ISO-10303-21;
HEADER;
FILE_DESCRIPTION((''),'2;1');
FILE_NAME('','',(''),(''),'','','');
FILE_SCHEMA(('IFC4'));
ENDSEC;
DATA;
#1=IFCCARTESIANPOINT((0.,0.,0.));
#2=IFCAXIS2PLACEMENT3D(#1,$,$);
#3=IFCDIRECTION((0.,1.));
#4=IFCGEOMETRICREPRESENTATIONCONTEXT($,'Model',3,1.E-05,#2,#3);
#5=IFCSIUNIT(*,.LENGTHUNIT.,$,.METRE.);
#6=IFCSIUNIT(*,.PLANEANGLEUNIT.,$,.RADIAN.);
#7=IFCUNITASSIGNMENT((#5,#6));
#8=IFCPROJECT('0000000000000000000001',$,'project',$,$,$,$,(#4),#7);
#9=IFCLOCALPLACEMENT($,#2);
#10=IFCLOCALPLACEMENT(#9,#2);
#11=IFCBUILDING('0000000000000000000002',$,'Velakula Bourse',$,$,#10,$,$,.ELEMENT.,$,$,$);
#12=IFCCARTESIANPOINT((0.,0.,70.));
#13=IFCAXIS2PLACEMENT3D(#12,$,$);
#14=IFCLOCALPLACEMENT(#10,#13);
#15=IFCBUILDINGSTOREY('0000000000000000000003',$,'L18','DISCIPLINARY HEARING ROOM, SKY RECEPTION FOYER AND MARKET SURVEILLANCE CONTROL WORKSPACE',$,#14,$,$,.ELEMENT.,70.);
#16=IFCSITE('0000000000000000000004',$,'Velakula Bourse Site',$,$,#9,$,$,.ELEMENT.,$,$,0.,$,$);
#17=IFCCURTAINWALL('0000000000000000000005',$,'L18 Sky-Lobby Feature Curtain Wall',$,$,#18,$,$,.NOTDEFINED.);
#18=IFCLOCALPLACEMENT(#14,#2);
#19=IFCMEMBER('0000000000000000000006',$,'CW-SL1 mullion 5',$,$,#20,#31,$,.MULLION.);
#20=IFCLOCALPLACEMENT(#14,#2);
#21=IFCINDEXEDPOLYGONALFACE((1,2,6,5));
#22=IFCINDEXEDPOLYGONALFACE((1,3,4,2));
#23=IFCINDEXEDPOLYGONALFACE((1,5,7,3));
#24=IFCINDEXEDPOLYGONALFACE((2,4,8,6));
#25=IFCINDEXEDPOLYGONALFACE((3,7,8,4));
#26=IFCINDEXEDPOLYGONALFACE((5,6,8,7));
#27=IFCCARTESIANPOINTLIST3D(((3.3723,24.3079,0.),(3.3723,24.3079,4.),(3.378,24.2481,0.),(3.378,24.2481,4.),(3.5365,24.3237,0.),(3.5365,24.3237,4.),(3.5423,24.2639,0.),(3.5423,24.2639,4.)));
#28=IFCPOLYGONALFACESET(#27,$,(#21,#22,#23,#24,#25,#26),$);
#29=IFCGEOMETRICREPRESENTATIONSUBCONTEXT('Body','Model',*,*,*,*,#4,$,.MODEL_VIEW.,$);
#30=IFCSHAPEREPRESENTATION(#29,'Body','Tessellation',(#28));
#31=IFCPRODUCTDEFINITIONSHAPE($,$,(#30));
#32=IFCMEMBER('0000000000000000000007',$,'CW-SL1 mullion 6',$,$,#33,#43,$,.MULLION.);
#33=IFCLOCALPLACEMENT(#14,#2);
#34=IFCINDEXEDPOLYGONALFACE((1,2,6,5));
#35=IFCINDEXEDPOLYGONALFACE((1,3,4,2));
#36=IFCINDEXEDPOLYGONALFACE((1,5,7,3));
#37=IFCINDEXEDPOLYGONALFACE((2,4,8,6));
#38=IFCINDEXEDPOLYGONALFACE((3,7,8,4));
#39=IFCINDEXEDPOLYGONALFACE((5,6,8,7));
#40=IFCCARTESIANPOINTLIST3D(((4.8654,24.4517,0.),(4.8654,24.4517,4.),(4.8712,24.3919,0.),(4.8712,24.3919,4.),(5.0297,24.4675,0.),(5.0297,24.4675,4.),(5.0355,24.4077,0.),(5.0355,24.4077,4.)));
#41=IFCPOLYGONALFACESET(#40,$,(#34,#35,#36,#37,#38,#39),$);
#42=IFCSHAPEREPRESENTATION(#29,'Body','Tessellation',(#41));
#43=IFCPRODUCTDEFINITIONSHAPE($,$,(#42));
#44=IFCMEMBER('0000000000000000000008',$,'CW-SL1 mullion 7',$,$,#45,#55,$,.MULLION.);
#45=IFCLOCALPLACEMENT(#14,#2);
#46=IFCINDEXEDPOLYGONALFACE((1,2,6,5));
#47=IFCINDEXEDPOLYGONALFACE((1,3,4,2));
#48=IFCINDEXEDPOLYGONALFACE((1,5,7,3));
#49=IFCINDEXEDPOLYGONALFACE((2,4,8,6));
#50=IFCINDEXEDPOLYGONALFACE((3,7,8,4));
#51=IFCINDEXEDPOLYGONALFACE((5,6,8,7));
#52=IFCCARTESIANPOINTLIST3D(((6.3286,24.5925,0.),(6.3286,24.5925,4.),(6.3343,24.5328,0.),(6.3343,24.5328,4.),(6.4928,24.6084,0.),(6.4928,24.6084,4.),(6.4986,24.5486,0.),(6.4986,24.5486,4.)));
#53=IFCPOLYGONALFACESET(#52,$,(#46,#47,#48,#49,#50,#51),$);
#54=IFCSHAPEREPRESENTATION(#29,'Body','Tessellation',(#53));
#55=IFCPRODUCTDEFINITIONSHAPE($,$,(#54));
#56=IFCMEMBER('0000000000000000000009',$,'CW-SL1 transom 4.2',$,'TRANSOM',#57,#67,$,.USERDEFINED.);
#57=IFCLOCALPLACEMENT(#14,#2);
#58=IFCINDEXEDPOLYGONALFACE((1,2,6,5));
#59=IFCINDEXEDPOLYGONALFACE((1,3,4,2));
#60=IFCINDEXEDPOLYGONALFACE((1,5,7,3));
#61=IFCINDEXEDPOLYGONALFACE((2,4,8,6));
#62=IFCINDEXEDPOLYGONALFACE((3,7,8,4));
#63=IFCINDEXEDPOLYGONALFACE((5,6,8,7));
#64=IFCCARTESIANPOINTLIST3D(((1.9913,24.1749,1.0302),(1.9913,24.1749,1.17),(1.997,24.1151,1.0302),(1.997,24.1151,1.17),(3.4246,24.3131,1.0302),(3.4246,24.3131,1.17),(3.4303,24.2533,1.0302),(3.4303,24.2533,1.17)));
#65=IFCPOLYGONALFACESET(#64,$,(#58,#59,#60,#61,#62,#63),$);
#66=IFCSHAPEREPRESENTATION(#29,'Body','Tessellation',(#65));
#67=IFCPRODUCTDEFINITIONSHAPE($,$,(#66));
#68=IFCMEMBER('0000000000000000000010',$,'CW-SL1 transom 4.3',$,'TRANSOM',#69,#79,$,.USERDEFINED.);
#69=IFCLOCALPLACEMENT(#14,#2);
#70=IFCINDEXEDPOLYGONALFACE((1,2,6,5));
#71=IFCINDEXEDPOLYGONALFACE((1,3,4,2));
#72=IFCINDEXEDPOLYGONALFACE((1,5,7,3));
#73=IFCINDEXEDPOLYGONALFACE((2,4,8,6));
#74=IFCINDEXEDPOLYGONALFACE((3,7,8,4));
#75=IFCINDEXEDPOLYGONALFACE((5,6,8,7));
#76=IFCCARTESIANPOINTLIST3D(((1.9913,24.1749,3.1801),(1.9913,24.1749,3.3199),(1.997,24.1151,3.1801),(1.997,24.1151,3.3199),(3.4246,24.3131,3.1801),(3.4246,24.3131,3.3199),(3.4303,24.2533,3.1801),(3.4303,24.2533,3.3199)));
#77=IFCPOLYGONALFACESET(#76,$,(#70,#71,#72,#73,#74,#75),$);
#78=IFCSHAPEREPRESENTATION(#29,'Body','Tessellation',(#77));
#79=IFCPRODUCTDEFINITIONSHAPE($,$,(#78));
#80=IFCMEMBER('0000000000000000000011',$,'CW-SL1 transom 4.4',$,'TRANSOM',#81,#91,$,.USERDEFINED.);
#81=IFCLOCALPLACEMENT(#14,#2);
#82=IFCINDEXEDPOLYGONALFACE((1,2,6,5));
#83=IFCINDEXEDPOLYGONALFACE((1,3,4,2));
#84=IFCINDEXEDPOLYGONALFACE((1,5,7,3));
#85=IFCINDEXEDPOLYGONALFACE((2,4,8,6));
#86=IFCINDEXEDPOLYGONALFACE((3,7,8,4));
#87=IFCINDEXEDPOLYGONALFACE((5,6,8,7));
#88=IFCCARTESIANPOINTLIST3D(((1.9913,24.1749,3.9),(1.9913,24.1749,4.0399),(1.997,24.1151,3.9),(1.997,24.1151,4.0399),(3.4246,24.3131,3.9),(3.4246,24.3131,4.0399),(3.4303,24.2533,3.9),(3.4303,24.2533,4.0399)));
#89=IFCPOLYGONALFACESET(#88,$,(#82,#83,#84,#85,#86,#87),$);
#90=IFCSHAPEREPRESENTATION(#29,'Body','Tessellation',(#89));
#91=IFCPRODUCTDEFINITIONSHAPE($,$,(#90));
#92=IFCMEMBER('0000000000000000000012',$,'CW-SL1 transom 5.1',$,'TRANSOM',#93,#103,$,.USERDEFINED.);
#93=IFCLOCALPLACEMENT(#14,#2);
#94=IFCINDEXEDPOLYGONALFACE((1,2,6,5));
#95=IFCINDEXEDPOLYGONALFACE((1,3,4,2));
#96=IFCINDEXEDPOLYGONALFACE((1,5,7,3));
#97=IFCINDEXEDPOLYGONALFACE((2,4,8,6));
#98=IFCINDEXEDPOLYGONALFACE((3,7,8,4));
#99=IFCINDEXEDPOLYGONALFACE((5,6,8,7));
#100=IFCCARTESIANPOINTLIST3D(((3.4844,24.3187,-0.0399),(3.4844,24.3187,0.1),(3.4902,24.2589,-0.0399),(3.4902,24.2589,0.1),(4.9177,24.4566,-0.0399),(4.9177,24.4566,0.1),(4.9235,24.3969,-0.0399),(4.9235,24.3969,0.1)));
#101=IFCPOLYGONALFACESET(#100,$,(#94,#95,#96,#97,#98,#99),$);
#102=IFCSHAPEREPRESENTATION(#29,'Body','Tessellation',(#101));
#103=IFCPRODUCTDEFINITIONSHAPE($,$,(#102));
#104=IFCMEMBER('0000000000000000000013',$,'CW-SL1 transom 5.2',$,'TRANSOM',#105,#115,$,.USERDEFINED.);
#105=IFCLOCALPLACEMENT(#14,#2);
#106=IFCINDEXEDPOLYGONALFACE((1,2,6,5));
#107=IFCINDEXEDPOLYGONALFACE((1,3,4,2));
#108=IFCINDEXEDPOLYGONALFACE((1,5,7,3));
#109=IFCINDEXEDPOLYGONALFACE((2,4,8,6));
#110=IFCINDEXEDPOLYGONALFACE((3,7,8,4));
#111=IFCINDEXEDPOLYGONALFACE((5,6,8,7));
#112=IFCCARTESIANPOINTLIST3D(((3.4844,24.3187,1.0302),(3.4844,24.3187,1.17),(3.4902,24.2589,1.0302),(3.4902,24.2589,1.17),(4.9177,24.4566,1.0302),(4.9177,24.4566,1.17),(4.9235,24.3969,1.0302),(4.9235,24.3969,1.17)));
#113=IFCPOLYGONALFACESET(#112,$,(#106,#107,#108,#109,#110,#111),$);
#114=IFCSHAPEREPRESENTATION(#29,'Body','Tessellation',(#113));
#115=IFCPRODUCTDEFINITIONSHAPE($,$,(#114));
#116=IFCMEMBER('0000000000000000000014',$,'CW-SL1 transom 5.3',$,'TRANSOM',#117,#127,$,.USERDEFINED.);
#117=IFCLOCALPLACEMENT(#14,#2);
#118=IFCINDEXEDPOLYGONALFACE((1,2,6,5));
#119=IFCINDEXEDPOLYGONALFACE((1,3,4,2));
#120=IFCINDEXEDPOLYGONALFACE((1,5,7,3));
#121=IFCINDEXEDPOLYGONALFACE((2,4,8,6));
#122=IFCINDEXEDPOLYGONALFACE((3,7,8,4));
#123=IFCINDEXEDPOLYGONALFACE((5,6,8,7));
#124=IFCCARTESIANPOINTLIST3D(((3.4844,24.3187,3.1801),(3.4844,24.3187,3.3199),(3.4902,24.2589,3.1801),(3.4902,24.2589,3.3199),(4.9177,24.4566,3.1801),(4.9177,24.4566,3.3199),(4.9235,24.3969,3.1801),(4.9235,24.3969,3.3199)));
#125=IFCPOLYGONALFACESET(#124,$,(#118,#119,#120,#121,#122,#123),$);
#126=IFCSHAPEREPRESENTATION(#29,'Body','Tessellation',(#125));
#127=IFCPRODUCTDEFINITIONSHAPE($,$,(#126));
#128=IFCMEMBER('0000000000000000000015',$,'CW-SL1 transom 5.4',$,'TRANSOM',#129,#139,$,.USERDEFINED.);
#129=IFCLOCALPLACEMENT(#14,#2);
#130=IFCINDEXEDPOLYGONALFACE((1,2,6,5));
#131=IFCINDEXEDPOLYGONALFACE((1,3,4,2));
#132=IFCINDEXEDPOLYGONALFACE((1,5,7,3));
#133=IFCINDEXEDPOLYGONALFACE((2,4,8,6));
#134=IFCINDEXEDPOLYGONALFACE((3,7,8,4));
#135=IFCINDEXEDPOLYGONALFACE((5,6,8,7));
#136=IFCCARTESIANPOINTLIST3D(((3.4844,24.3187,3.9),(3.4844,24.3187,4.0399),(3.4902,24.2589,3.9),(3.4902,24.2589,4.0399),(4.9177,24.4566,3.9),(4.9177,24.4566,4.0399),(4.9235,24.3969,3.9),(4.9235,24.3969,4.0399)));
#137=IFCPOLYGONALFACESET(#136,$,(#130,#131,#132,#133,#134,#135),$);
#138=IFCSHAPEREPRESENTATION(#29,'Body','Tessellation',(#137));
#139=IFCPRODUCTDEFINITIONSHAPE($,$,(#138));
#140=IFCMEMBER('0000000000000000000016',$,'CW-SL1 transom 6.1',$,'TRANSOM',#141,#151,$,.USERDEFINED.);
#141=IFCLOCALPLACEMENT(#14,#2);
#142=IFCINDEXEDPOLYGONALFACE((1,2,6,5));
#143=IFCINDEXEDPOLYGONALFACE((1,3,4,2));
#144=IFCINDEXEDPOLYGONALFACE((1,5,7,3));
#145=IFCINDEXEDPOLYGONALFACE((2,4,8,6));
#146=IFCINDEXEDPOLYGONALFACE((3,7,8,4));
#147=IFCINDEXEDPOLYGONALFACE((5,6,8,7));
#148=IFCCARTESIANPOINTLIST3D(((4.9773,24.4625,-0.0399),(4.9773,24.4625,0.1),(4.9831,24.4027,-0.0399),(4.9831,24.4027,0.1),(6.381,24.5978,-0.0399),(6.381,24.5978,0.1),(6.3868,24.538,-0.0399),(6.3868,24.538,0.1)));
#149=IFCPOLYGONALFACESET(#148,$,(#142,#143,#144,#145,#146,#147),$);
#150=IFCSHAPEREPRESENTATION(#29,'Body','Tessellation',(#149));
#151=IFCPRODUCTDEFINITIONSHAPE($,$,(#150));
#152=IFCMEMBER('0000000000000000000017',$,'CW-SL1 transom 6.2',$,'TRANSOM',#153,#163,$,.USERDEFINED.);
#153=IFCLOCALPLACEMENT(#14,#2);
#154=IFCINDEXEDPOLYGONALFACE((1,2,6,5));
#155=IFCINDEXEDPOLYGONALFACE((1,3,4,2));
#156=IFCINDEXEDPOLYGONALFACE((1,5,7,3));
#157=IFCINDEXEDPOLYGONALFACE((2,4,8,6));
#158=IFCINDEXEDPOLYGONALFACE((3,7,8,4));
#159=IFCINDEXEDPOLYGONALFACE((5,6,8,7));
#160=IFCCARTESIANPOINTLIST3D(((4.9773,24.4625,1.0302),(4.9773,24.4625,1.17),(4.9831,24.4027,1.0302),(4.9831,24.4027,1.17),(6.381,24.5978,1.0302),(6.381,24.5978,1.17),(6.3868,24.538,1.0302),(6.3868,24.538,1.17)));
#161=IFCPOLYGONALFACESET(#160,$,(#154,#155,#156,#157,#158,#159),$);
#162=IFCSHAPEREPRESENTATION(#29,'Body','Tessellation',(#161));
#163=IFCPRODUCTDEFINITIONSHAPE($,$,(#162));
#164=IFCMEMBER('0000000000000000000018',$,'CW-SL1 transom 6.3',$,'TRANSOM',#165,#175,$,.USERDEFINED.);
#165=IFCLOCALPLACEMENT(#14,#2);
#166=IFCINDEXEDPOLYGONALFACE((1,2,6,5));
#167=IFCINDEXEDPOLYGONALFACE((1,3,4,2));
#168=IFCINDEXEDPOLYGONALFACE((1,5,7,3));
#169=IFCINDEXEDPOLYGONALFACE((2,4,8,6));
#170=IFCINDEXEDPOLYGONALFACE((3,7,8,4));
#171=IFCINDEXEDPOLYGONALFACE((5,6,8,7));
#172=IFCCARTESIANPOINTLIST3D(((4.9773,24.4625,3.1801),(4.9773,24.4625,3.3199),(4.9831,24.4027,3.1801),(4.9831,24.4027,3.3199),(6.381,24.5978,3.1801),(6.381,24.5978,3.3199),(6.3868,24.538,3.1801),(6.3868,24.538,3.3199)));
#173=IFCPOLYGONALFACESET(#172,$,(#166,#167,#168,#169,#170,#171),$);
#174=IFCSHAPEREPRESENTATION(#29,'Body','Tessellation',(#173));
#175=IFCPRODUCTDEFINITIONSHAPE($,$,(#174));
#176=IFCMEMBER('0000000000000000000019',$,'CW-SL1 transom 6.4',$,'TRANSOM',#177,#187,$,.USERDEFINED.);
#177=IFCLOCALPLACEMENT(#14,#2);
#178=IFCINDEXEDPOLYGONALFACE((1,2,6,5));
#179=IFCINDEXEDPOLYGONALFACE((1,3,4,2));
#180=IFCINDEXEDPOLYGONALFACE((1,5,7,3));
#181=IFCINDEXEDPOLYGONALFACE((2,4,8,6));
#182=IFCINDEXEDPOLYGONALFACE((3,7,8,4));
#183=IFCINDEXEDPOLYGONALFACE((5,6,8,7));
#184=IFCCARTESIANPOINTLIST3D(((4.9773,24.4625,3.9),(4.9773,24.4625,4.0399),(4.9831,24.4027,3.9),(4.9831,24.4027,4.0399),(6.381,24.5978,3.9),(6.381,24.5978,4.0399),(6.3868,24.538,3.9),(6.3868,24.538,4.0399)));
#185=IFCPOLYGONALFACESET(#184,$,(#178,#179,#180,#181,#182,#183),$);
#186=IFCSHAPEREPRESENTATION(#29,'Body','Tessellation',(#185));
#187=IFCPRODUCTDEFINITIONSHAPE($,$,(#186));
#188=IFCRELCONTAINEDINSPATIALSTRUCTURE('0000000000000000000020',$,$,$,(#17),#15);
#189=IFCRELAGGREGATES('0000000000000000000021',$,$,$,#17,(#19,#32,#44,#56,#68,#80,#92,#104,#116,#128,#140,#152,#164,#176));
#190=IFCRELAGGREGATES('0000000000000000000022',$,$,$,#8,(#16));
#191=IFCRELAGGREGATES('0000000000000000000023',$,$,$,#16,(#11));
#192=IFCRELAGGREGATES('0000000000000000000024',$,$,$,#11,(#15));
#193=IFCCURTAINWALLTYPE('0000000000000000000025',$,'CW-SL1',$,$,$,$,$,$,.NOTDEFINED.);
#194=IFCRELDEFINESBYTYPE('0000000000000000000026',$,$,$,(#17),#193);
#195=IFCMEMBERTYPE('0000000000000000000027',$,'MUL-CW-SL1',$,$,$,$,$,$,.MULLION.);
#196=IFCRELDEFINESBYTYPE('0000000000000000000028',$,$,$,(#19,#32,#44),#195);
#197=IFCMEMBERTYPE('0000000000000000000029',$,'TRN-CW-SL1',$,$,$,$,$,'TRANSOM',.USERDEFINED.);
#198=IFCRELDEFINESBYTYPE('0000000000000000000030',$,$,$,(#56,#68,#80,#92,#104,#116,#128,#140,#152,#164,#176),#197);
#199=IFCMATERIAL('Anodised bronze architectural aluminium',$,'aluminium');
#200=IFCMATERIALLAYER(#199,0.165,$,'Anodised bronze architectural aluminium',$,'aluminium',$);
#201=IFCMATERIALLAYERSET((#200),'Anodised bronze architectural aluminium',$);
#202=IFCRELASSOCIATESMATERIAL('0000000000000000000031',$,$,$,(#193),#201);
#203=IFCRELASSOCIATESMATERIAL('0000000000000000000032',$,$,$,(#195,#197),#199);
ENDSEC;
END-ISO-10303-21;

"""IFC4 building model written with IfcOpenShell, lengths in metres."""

from ifc_helpers import new_model, si_unit, direction, frame, origin, origin_2d, place, context, subcontext, project, spatial, rectangle, extrude, material, layer, layer_set, material_profile, profile_set, type_object, element, aggregate, save


model = new_model("IFC4")

# Units and contexts
model_context = context("Model", 3, precision=1e-05, world=origin(), true_north=direction((0.0, 1.0)))
body_context = subcontext(model_context, "Body", "Model", "MODEL_VIEW")
ifc_project = project(units=[si_unit("LENGTHUNIT", "METRE"), si_unit("PLANEANGLEUNIT", "RADIAN")], contexts=[model_context])

# Site, building, storey
site_placement = place(None, origin())
site = spatial("IfcSite", under=ifc_project, at=site_placement, Name="Velakula Bourse Site", CompositionType="ELEMENT", RefElevation=0.0)
building_placement = place(site_placement, origin())
building = spatial("IfcBuilding", under=site, at=building_placement, Name="Velakula Bourse", CompositionType="ELEMENT")
storey_placement = place(building_placement, frame((0.0, 0.0, 70.0)))
storey = spatial("IfcBuildingStorey", under=building, at=storey_placement, Name="L18", Description="DISCIPLINARY HEARING ROOM, SKY RECEPTION FOYER AND MARKET SURVEILLANCE CONTROL WORKSPACE", CompositionType="ELEMENT", Elevation=70.0)

# Curtain wall, members
ifc_material_1 = material(Name="Anodised bronze architectural aluminium", Category="aluminium")
ifc_layer_1 = layer(ifc_material_1, 0.165, Name="Anodised bronze architectural aluminium", Category="aluminium")
ifc_layer_set_1 = layer_set([ifc_layer_1], Name="Anodised bronze architectural aluminium")
curtain_wall_type = type_object("IfcCurtainWallType", Name="CW-SL1", PredefinedType="NOTDEFINED", material=ifc_layer_set_1)
curtain_wall_placement = place(storey_placement, origin())
curtain_wall = element("IfcCurtainWall", 1, at=curtain_wall_placement, inside=storey, type_object=curtain_wall_type, Name="L18 Sky-Lobby Feature Curtain Wall", PredefinedType="NOTDEFINED")
ifc_material_profile_1 = material_profile(ifc_material_1, rectangle(XDim=0.0601, YDim=0.165, at=origin_2d()), Name="Anodised bronze architectural aluminium")
ifc_profile_set_1 = profile_set([ifc_material_profile_1], Name="Anodised bronze architectural aluminium")
member_type_1 = type_object("IfcMemberType", Name="MUL-CW-SL1", PredefinedType="MULLION", material=ifc_profile_set_1)
member_1_placement = place(storey_placement, frame((3.4573, 24.2859, 0.0), z_axis=(0.0, 0.0, 1.0), x_axis=(-0.095845, 0.995396, 0.0)))
member_1 = element("IfcMember", 2, at=member_1_placement, type_object=member_type_1, Name="CW-SL1 mullion 5", PredefinedType="MULLION", context=body_context, shape_type="SweptSolid", body=[
    extrude(rectangle(XDim=0.0601, YDim=0.165, at=origin_2d()), origin(), (0.0, 0.0, 1.0), 4.0),
])
member_2_placement = place(storey_placement, frame((4.9504, 24.4297, 0.0), z_axis=(0.0, 0.0, 1.0), x_axis=(-0.095845, 0.995396, 0.0)))
member_2 = element("IfcMember", 3, at=member_2_placement, type_object=member_type_1, Name="CW-SL1 mullion 6", PredefinedType="MULLION", context=body_context, shape_type="SweptSolid", body=[
    extrude(rectangle(XDim=0.0601, YDim=0.165, at=origin_2d()), origin(), (0.0, 0.0, 1.0), 4.0),
])
member_3_placement = place(storey_placement, frame((6.4136, 24.5706, 0.0), z_axis=(0.0, 0.0, 1.0), x_axis=(-0.095845, 0.995396, 0.0)))
member_3 = element("IfcMember", 4, at=member_3_placement, type_object=member_type_1, Name="CW-SL1 mullion 7", PredefinedType="MULLION", context=body_context, shape_type="SweptSolid", body=[
    extrude(rectangle(XDim=0.0601, YDim=0.165, at=origin_2d()), origin(), (0.0, 0.0, 1.0), 4.0),
])
ifc_material_profile_2 = material_profile(ifc_material_1, rectangle(XDim=0.0601, YDim=0.1399, at=origin_2d()), Name="Anodised bronze architectural aluminium")
ifc_profile_set_2 = profile_set([ifc_material_profile_2], Name="Anodised bronze architectural aluminium")
member_type_2 = type_object("IfcMemberType", Name="TRN-CW-SL1", ElementType="TRANSOM", PredefinedType="USERDEFINED", material=ifc_profile_set_2)
member_4_placement = place(storey_placement, frame((1.9941, 24.145, 1.1001), z_axis=(0.995385, 0.095961, 0.0), x_axis=(-0.095961, 0.995385, 0.0)))
member_4 = element("IfcMember", 5, at=member_4_placement, type_object=member_type_2, Name="CW-SL1 transom 4.2", ObjectType="TRANSOM", PredefinedType="USERDEFINED", context=body_context, shape_type="SweptSolid", body=[
    extrude(rectangle(XDim=0.0601, YDim=0.1399, at=origin_2d()), origin(), (0.0, 0.0, 1.0), 1.4399),
])
member_5_placement = place(storey_placement, frame((1.9941, 24.145, 3.25), z_axis=(0.995385, 0.095961, 0.0), x_axis=(-0.095961, 0.995385, 0.0)))
member_5 = element("IfcMember", 6, at=member_5_placement, type_object=member_type_2, Name="CW-SL1 transom 4.3", ObjectType="TRANSOM", PredefinedType="USERDEFINED", context=body_context, shape_type="SweptSolid", body=[
    extrude(rectangle(XDim=0.0601, YDim=0.1399, at=origin_2d()), origin(), (0.0, 0.0, 1.0), 1.4399),
])
member_6_placement = place(storey_placement, frame((1.9941, 24.145, 3.97), z_axis=(0.995385, 0.095961, 0.0), x_axis=(-0.095961, 0.995385, 0.0)))
member_6 = element("IfcMember", 7, at=member_6_placement, type_object=member_type_2, Name="CW-SL1 transom 4.4", ObjectType="TRANSOM", PredefinedType="USERDEFINED", context=body_context, shape_type="SweptSolid", body=[
    extrude(rectangle(XDim=0.0601, YDim=0.1399, at=origin_2d()), origin(), (0.0, 0.0, 1.0), 1.4399),
])
member_7_placement = place(storey_placement, frame((3.4873, 24.2888, 0.03), z_axis=(0.995401, 0.095793, 0.0), x_axis=(-0.095793, 0.995401, 0.0)))
member_7 = element("IfcMember", 8, at=member_7_placement, type_object=member_type_2, Name="CW-SL1 transom 5.1", ObjectType="TRANSOM", PredefinedType="USERDEFINED", context=body_context, shape_type="SweptSolid", body=[
    extrude(rectangle(XDim=0.0601, YDim=0.1399, at=origin_2d()), origin(), (0.0, 0.0, 1.0), 1.4399),
])
member_8_placement = place(storey_placement, frame((3.4873, 24.2888, 1.1001), z_axis=(0.995401, 0.095793, 0.0), x_axis=(-0.095793, 0.995401, 0.0)))
member_8 = element("IfcMember", 9, at=member_8_placement, type_object=member_type_2, Name="CW-SL1 transom 5.2", ObjectType="TRANSOM", PredefinedType="USERDEFINED", context=body_context, shape_type="SweptSolid", body=[
    extrude(rectangle(XDim=0.0601, YDim=0.1399, at=origin_2d()), origin(), (0.0, 0.0, 1.0), 1.4399),
])
member_9_placement = place(storey_placement, frame((3.4873, 24.2888, 3.25), z_axis=(0.995401, 0.095793, 0.0), x_axis=(-0.095793, 0.995401, 0.0)))
member_9 = element("IfcMember", 10, at=member_9_placement, type_object=member_type_2, Name="CW-SL1 transom 5.3", ObjectType="TRANSOM", PredefinedType="USERDEFINED", context=body_context, shape_type="SweptSolid", body=[
    extrude(rectangle(XDim=0.0601, YDim=0.1399, at=origin_2d()), origin(), (0.0, 0.0, 1.0), 1.4399),
])
member_10_placement = place(storey_placement, frame((3.4873, 24.2888, 3.97), z_axis=(0.995401, 0.095793, 0.0), x_axis=(-0.095793, 0.995401, 0.0)))
member_10 = element("IfcMember", 11, at=member_10_placement, type_object=member_type_2, Name="CW-SL1 transom 5.4", ObjectType="TRANSOM", PredefinedType="USERDEFINED", context=body_context, shape_type="SweptSolid", body=[
    extrude(rectangle(XDim=0.0601, YDim=0.1399, at=origin_2d()), origin(), (0.0, 0.0, 1.0), 1.4399),
])
member_11_placement = place(storey_placement, frame((4.9802, 24.4326, 0.03), z_axis=(0.995389, 0.09592, 0.0), x_axis=(-0.09592, 0.995389, 0.0)))
member_11 = element("IfcMember", 12, at=member_11_placement, type_object=member_type_2, Name="CW-SL1 transom 6.1", ObjectType="TRANSOM", PredefinedType="USERDEFINED", context=body_context, shape_type="SweptSolid", body=[
    extrude(rectangle(XDim=0.0601, YDim=0.1399, at=origin_2d()), origin(), (0.0, 0.0, 1.0), 1.4102),
])
member_12_placement = place(storey_placement, frame((4.9802, 24.4326, 1.1001), z_axis=(0.995389, 0.09592, 0.0), x_axis=(-0.09592, 0.995389, 0.0)))
member_12 = element("IfcMember", 13, at=member_12_placement, type_object=member_type_2, Name="CW-SL1 transom 6.2", ObjectType="TRANSOM", PredefinedType="USERDEFINED", context=body_context, shape_type="SweptSolid", body=[
    extrude(rectangle(XDim=0.0601, YDim=0.1399, at=origin_2d()), origin(), (0.0, 0.0, 1.0), 1.4102),
])
member_13_placement = place(storey_placement, frame((4.9802, 24.4326, 3.25), z_axis=(0.995389, 0.09592, 0.0), x_axis=(-0.09592, 0.995389, 0.0)))
member_13 = element("IfcMember", 14, at=member_13_placement, type_object=member_type_2, Name="CW-SL1 transom 6.3", ObjectType="TRANSOM", PredefinedType="USERDEFINED", context=body_context, shape_type="SweptSolid", body=[
    extrude(rectangle(XDim=0.0601, YDim=0.1399, at=origin_2d()), origin(), (0.0, 0.0, 1.0), 1.4102),
])
member_14_placement = place(storey_placement, frame((4.9802, 24.4326, 3.97), z_axis=(0.995389, 0.09592, 0.0), x_axis=(-0.09592, 0.995389, 0.0)))
member_14 = element("IfcMember", 15, at=member_14_placement, type_object=member_type_2, Name="CW-SL1 transom 6.4", ObjectType="TRANSOM", PredefinedType="USERDEFINED", context=body_context, shape_type="SweptSolid", body=[
    extrude(rectangle(XDim=0.0601, YDim=0.1399, at=origin_2d()), origin(), (0.0, 0.0, 1.0), 1.4102),
])
aggregate(curtain_wall, [member_1, member_2, member_3, member_4, member_5, member_6, member_7, member_8, member_9, member_10, member_11, member_12, member_13, member_14])

save(model, "model.ifc")
